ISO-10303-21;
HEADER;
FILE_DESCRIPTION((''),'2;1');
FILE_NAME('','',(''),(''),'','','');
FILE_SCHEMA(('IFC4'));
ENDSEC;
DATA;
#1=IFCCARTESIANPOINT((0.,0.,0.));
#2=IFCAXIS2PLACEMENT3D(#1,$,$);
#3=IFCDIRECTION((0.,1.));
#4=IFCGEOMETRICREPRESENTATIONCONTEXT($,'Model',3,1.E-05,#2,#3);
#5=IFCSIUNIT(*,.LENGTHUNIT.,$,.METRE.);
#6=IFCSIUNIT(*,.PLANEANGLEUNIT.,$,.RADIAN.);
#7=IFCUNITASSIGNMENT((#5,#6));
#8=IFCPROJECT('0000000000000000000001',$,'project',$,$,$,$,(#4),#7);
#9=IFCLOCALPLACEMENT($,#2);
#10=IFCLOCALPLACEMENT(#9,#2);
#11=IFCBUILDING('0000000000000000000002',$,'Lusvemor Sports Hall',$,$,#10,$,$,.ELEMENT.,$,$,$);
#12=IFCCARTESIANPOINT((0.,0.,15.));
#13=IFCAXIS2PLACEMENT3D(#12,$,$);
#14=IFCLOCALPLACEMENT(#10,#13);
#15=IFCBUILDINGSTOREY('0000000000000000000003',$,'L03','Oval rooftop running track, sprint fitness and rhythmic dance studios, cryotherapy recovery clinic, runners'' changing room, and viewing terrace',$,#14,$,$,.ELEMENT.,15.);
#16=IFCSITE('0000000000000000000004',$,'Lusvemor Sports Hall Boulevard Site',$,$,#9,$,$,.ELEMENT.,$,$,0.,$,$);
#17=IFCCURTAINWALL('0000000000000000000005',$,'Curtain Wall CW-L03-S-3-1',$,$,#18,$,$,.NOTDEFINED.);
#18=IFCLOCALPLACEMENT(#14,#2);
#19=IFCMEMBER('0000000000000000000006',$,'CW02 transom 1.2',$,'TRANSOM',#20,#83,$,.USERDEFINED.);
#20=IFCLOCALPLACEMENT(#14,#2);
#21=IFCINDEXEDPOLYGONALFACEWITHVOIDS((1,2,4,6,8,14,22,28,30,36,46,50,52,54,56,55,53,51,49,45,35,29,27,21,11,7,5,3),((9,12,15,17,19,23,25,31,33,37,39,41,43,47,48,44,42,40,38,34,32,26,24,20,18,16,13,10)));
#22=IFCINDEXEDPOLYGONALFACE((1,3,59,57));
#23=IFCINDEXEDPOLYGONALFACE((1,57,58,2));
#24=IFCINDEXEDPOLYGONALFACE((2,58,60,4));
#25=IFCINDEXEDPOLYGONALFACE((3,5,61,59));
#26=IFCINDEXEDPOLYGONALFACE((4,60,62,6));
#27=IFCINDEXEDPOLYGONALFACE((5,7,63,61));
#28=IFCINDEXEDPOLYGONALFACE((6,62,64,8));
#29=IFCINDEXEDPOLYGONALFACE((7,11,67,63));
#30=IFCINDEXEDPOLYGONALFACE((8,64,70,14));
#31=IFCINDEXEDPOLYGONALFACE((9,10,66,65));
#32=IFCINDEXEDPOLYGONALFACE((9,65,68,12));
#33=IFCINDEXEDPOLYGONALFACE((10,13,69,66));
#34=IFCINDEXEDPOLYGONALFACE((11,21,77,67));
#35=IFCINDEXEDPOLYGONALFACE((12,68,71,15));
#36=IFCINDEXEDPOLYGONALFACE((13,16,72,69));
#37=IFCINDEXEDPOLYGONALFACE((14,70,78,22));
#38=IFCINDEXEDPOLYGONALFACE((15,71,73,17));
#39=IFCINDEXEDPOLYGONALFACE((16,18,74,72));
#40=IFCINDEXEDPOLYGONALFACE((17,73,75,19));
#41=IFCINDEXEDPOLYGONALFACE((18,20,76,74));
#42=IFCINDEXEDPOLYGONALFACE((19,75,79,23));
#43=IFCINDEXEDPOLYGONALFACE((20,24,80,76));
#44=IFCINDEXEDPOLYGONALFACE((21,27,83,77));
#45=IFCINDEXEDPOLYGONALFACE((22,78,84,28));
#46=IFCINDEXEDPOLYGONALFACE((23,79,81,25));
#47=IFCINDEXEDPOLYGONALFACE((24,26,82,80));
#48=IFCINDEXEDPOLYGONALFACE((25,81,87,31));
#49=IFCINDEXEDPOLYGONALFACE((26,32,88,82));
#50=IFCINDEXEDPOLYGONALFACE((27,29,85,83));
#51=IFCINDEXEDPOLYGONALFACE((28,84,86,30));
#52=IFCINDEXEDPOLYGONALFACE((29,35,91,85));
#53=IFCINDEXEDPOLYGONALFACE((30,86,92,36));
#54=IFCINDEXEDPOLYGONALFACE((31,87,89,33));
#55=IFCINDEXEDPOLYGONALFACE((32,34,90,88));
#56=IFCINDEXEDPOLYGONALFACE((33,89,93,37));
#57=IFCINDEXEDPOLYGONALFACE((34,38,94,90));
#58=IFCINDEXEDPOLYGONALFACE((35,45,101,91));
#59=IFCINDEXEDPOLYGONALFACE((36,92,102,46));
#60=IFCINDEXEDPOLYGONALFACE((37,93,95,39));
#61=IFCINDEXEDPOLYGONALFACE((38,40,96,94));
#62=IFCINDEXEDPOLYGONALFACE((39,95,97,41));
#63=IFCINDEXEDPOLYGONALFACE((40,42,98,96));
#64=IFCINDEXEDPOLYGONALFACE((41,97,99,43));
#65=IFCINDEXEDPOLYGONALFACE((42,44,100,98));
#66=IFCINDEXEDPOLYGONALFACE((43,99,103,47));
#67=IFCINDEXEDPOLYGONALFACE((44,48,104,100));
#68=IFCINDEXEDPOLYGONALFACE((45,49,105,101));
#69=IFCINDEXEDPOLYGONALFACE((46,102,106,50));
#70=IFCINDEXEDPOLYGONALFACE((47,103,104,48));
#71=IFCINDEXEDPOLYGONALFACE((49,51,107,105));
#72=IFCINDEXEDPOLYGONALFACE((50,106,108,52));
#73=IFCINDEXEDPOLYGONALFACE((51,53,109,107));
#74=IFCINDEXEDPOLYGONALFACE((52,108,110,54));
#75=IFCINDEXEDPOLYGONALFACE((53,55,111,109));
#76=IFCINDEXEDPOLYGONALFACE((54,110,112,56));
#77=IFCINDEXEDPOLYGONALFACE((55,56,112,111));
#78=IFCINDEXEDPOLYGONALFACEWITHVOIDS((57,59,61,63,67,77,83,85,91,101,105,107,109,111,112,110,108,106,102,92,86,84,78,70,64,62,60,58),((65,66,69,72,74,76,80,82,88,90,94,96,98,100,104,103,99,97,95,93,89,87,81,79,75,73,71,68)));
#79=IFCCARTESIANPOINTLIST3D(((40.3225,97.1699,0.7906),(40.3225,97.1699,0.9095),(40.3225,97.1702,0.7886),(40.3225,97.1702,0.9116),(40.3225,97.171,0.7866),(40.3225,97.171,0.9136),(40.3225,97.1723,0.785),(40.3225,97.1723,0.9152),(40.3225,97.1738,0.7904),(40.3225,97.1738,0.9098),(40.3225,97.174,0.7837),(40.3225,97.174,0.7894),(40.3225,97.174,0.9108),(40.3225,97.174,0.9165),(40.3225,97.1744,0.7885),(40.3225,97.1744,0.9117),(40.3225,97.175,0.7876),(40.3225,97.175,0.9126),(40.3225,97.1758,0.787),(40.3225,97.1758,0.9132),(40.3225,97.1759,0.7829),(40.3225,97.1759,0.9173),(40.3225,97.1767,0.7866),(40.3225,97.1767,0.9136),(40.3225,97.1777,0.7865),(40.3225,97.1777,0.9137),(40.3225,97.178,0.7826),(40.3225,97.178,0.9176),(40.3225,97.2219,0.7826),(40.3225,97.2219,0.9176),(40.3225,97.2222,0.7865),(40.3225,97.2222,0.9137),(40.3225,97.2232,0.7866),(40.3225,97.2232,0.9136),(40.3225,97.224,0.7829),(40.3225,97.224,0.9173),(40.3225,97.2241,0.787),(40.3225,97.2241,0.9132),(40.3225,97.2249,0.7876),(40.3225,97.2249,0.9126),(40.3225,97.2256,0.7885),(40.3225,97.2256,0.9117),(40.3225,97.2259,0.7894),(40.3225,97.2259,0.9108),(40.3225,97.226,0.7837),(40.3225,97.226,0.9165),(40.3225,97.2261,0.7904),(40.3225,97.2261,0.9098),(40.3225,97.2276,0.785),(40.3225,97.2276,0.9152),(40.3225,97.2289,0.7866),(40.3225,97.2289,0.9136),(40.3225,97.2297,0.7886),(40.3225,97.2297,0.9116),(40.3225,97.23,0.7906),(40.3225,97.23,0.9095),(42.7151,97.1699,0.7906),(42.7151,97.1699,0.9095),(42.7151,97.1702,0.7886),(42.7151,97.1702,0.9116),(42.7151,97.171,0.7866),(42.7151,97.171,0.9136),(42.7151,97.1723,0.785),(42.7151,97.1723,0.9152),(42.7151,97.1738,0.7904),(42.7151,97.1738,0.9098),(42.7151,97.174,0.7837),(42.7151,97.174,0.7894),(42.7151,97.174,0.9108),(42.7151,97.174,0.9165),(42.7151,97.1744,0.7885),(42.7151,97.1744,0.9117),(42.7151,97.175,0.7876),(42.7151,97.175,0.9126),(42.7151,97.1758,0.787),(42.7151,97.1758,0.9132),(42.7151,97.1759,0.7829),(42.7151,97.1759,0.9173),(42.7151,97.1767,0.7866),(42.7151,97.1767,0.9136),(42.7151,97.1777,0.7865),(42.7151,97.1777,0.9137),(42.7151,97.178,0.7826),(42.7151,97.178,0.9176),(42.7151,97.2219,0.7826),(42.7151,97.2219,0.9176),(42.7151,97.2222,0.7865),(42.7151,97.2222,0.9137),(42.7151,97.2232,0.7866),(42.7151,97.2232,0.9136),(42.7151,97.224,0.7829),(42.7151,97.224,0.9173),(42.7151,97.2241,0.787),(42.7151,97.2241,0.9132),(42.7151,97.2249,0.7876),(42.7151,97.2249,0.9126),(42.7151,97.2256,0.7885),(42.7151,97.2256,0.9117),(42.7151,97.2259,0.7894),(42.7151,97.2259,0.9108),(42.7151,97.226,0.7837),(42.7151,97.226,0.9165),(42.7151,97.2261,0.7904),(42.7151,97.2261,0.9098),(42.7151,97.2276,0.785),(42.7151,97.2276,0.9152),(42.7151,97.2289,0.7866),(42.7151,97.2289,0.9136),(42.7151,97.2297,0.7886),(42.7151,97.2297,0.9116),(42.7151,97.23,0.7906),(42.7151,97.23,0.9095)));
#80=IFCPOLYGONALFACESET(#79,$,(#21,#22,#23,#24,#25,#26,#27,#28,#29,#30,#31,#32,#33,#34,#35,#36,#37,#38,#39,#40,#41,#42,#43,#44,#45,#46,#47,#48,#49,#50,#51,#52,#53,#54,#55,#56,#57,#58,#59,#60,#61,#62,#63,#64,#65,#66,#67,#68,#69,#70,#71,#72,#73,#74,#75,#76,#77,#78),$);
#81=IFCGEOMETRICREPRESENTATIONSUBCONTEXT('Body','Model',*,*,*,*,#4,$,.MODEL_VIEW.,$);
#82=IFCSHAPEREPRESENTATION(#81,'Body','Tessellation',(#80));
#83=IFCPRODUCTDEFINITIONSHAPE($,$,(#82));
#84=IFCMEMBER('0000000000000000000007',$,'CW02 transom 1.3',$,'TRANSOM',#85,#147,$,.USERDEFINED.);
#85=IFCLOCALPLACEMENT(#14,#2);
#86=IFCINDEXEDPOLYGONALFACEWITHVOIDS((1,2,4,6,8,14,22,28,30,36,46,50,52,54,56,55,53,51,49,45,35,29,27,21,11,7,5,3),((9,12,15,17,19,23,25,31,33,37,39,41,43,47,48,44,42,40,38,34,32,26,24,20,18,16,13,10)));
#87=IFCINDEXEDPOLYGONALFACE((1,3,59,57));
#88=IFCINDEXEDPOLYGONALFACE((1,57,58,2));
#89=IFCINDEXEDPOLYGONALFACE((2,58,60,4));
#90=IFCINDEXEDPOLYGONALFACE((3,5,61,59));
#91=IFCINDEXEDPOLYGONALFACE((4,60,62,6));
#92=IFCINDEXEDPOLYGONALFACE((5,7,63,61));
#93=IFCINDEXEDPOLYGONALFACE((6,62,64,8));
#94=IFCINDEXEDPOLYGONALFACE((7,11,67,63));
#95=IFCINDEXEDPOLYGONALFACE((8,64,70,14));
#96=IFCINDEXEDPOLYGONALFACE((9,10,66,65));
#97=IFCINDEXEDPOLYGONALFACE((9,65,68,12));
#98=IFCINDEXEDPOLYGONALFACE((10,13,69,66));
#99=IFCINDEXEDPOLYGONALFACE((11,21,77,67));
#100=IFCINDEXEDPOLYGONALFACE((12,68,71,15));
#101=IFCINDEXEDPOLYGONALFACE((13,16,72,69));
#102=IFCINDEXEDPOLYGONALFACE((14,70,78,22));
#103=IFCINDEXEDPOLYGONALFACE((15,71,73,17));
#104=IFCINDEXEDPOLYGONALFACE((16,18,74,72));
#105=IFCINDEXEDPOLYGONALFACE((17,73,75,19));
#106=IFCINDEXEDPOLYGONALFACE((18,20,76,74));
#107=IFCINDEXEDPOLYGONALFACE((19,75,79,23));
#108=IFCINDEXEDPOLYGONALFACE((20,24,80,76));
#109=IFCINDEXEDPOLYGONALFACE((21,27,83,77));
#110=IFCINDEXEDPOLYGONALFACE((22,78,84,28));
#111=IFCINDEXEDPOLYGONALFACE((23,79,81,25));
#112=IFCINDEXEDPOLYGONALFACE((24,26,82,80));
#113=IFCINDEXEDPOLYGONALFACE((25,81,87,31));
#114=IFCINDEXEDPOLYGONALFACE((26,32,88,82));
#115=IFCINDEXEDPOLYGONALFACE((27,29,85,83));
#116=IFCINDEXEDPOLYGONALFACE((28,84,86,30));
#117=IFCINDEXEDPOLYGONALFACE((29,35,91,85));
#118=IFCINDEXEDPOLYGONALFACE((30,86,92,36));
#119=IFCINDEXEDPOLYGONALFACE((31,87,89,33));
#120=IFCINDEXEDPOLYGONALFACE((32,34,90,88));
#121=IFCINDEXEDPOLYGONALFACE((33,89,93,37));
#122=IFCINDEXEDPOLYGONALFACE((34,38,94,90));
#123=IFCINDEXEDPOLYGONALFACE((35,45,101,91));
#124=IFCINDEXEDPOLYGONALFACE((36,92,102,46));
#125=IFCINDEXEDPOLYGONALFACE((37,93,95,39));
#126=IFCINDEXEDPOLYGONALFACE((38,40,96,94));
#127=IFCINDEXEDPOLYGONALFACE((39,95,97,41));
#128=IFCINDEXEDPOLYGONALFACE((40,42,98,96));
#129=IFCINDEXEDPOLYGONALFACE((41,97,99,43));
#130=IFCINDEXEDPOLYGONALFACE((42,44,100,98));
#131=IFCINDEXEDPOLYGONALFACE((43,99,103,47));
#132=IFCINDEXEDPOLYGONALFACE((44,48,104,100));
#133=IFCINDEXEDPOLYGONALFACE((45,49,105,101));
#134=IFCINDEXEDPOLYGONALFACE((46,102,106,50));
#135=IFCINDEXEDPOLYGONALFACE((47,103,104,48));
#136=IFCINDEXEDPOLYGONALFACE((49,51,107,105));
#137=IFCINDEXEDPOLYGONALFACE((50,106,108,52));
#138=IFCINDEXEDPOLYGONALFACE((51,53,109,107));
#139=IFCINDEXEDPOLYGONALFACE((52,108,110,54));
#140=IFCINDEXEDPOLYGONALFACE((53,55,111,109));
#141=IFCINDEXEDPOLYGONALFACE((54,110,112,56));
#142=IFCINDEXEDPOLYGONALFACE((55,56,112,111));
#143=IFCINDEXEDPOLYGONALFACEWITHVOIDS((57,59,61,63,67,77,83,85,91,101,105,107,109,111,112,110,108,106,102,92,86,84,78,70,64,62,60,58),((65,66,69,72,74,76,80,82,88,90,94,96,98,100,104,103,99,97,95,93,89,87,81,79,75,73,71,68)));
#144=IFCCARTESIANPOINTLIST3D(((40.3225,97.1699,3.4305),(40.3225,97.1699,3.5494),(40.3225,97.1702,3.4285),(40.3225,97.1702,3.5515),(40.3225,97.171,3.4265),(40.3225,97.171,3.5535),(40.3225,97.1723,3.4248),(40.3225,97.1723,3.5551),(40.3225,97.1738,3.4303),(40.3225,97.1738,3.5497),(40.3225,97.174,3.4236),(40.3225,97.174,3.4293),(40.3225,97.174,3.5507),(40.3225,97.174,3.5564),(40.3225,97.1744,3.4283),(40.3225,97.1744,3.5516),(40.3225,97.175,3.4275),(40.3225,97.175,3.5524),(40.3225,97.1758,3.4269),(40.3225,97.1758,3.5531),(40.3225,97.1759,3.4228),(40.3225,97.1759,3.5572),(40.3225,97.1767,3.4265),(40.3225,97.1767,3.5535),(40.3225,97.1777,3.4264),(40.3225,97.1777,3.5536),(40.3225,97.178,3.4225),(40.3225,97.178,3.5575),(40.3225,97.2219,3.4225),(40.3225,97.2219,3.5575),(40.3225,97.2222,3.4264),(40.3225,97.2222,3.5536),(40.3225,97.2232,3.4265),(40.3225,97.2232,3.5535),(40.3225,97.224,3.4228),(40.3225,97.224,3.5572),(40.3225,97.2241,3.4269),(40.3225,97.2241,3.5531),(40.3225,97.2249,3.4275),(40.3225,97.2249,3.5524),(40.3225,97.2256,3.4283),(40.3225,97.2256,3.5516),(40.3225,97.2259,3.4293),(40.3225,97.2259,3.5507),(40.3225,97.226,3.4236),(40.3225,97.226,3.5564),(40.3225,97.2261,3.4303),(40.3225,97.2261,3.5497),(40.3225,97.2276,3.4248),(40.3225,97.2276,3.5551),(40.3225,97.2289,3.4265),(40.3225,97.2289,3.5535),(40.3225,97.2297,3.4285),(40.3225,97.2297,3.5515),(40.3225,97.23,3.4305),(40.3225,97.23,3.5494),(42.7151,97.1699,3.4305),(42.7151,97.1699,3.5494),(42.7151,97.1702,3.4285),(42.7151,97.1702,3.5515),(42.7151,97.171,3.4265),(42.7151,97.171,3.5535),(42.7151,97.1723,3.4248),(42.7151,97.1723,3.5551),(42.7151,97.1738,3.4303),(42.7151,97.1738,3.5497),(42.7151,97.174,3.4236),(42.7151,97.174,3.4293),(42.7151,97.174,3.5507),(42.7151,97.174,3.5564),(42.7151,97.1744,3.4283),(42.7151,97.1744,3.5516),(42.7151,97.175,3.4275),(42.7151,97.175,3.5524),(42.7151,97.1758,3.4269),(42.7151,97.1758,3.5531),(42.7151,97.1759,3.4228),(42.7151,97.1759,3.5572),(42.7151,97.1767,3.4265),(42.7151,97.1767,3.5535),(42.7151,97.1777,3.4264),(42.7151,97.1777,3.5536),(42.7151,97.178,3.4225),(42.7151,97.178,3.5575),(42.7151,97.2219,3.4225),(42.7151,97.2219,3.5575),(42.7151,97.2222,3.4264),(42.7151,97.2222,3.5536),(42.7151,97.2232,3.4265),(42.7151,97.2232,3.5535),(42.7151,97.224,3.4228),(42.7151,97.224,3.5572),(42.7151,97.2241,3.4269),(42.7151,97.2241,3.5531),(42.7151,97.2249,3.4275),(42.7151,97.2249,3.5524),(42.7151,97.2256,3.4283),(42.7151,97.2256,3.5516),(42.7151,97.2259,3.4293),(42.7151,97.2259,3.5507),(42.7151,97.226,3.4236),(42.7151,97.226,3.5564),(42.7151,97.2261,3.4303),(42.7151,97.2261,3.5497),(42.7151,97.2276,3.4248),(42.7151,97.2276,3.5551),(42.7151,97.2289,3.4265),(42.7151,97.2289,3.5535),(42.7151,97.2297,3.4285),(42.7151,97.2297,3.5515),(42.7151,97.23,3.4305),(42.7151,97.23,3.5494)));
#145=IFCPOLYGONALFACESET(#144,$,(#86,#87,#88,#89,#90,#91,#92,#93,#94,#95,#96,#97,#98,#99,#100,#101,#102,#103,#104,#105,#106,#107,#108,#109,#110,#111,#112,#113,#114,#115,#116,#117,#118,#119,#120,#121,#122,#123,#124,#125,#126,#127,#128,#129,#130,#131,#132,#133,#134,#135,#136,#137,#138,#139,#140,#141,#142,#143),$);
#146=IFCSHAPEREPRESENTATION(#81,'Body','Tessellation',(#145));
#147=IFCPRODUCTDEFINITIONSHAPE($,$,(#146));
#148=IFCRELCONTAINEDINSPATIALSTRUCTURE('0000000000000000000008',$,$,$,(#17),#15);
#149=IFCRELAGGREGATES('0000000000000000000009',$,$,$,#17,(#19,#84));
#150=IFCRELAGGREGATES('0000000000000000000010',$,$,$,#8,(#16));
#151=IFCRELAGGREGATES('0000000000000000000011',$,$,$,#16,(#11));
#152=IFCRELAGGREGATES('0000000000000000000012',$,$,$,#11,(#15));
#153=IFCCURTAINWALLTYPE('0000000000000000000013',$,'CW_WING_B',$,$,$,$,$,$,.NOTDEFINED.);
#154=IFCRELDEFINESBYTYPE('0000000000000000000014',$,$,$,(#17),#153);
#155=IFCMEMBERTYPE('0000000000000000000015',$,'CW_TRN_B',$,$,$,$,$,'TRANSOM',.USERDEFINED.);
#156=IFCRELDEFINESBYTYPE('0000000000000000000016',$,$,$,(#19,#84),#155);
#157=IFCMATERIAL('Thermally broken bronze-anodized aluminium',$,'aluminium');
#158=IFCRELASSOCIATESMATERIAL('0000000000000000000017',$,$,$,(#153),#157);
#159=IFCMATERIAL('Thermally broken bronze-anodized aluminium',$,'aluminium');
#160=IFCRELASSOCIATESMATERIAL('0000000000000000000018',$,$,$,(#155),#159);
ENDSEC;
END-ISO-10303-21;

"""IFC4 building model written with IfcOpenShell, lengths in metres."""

from ifc_helpers import new_model, si_unit, direction, frame, origin, origin_2d, place, context, subcontext, project, spatial, hollow_rectangle, extrude, material, material_profile, profile_set, type_object, element, aggregate, save


model = new_model("IFC4")

# Units and contexts
model_context = context("Model", 3, precision=1e-05, world=origin(), true_north=direction((0.0, 1.0)))
body_context = subcontext(model_context, "Body", "Model", "MODEL_VIEW")
ifc_project = project(units=[si_unit("LENGTHUNIT", "METRE"), si_unit("PLANEANGLEUNIT", "RADIAN")], contexts=[model_context])

# Site, building, storey
site_placement = place(None, origin())
site = spatial("IfcSite", under=ifc_project, at=site_placement, Name="Lusvemor Sports Hall Boulevard Site", CompositionType="ELEMENT", RefElevation=0.0)
building_placement = place(site_placement, origin())
building = spatial("IfcBuilding", under=site, at=building_placement, Name="Lusvemor Sports Hall", CompositionType="ELEMENT")
storey_placement = place(building_placement, frame((0.0, 0.0, 15.0)))
storey = spatial("IfcBuildingStorey", under=building, at=storey_placement, Name="L03", Description="Oval rooftop running track, sprint fitness and rhythmic dance studios, cryotherapy recovery clinic, runners' changing room, and viewing terrace", CompositionType="ELEMENT", Elevation=15.0)

# Curtain wall
ifc_material_1 = material(Name="Thermally broken bronze-anodized aluminium", Category="aluminium")
curtain_wall_type = type_object("IfcCurtainWallType", Name="CW_WING_B", PredefinedType="NOTDEFINED", material=ifc_material_1)
curtain_wall_1_placement = place(storey_placement, origin())
curtain_wall_1 = element("IfcCurtainWall", 1, at=curtain_wall_1_placement, inside=storey, type_object=curtain_wall_type, Name="Curtain Wall CW-L03-S-3-1", PredefinedType="NOTDEFINED")

# Members
ifc_material_2 = material(Name="Thermally broken bronze-anodized aluminium", Category="aluminium")
ifc_material_profile_1 = material_profile(ifc_material_2, hollow_rectangle(XDim=0.0601, YDim=0.135, WallThickness=0.0039, InnerFilletRadius=0.0039, OuterFilletRadius=0.0081, at=origin_2d()), Name="CWTRN135x60x4")
ifc_profile_set_1 = profile_set([ifc_material_profile_1], Name="Thermally broken bronze-anodized aluminium")
member_type_1 = type_object("IfcMemberType", Name="CW_TRN_B", ElementType="TRANSOM", PredefinedType="USERDEFINED", material=ifc_profile_set_1)
member_1_placement = place(storey_placement, frame((42.7151, 97.2, 0.8501), z_axis=(-1.0, 0.0, 0.0), x_axis=(0.0, -1.0, 0.0)))
member_1 = element("IfcMember", 2, at=member_1_placement, type_object=member_type_1, Name="CW02 transom 1.2", ObjectType="TRANSOM", PredefinedType="USERDEFINED", context=body_context, shape_type="SweptSolid", body=[
    extrude(hollow_rectangle(XDim=0.0601, YDim=0.135, WallThickness=0.0039, InnerFilletRadius=0.0039, OuterFilletRadius=0.0081, at=origin_2d()), origin(), (0.0, 0.0, 1.0), 2.3926),
])
member_2_placement = place(storey_placement, frame((42.7151, 97.2, 3.49), z_axis=(-1.0, 0.0, 0.0), x_axis=(0.0, -1.0, 0.0)))
member_2 = element("IfcMember", 3, at=member_2_placement, type_object=member_type_1, Name="CW02 transom 1.3", ObjectType="TRANSOM", PredefinedType="USERDEFINED", context=body_context, shape_type="SweptSolid", body=[
    extrude(hollow_rectangle(XDim=0.0601, YDim=0.135, WallThickness=0.0039, InnerFilletRadius=0.0039, OuterFilletRadius=0.0081, at=origin_2d()), origin(), (0.0, 0.0, 1.0), 2.3926),
])

aggregate(curtain_wall_1, [member_1, member_2])

save(model, "model.ifc")
